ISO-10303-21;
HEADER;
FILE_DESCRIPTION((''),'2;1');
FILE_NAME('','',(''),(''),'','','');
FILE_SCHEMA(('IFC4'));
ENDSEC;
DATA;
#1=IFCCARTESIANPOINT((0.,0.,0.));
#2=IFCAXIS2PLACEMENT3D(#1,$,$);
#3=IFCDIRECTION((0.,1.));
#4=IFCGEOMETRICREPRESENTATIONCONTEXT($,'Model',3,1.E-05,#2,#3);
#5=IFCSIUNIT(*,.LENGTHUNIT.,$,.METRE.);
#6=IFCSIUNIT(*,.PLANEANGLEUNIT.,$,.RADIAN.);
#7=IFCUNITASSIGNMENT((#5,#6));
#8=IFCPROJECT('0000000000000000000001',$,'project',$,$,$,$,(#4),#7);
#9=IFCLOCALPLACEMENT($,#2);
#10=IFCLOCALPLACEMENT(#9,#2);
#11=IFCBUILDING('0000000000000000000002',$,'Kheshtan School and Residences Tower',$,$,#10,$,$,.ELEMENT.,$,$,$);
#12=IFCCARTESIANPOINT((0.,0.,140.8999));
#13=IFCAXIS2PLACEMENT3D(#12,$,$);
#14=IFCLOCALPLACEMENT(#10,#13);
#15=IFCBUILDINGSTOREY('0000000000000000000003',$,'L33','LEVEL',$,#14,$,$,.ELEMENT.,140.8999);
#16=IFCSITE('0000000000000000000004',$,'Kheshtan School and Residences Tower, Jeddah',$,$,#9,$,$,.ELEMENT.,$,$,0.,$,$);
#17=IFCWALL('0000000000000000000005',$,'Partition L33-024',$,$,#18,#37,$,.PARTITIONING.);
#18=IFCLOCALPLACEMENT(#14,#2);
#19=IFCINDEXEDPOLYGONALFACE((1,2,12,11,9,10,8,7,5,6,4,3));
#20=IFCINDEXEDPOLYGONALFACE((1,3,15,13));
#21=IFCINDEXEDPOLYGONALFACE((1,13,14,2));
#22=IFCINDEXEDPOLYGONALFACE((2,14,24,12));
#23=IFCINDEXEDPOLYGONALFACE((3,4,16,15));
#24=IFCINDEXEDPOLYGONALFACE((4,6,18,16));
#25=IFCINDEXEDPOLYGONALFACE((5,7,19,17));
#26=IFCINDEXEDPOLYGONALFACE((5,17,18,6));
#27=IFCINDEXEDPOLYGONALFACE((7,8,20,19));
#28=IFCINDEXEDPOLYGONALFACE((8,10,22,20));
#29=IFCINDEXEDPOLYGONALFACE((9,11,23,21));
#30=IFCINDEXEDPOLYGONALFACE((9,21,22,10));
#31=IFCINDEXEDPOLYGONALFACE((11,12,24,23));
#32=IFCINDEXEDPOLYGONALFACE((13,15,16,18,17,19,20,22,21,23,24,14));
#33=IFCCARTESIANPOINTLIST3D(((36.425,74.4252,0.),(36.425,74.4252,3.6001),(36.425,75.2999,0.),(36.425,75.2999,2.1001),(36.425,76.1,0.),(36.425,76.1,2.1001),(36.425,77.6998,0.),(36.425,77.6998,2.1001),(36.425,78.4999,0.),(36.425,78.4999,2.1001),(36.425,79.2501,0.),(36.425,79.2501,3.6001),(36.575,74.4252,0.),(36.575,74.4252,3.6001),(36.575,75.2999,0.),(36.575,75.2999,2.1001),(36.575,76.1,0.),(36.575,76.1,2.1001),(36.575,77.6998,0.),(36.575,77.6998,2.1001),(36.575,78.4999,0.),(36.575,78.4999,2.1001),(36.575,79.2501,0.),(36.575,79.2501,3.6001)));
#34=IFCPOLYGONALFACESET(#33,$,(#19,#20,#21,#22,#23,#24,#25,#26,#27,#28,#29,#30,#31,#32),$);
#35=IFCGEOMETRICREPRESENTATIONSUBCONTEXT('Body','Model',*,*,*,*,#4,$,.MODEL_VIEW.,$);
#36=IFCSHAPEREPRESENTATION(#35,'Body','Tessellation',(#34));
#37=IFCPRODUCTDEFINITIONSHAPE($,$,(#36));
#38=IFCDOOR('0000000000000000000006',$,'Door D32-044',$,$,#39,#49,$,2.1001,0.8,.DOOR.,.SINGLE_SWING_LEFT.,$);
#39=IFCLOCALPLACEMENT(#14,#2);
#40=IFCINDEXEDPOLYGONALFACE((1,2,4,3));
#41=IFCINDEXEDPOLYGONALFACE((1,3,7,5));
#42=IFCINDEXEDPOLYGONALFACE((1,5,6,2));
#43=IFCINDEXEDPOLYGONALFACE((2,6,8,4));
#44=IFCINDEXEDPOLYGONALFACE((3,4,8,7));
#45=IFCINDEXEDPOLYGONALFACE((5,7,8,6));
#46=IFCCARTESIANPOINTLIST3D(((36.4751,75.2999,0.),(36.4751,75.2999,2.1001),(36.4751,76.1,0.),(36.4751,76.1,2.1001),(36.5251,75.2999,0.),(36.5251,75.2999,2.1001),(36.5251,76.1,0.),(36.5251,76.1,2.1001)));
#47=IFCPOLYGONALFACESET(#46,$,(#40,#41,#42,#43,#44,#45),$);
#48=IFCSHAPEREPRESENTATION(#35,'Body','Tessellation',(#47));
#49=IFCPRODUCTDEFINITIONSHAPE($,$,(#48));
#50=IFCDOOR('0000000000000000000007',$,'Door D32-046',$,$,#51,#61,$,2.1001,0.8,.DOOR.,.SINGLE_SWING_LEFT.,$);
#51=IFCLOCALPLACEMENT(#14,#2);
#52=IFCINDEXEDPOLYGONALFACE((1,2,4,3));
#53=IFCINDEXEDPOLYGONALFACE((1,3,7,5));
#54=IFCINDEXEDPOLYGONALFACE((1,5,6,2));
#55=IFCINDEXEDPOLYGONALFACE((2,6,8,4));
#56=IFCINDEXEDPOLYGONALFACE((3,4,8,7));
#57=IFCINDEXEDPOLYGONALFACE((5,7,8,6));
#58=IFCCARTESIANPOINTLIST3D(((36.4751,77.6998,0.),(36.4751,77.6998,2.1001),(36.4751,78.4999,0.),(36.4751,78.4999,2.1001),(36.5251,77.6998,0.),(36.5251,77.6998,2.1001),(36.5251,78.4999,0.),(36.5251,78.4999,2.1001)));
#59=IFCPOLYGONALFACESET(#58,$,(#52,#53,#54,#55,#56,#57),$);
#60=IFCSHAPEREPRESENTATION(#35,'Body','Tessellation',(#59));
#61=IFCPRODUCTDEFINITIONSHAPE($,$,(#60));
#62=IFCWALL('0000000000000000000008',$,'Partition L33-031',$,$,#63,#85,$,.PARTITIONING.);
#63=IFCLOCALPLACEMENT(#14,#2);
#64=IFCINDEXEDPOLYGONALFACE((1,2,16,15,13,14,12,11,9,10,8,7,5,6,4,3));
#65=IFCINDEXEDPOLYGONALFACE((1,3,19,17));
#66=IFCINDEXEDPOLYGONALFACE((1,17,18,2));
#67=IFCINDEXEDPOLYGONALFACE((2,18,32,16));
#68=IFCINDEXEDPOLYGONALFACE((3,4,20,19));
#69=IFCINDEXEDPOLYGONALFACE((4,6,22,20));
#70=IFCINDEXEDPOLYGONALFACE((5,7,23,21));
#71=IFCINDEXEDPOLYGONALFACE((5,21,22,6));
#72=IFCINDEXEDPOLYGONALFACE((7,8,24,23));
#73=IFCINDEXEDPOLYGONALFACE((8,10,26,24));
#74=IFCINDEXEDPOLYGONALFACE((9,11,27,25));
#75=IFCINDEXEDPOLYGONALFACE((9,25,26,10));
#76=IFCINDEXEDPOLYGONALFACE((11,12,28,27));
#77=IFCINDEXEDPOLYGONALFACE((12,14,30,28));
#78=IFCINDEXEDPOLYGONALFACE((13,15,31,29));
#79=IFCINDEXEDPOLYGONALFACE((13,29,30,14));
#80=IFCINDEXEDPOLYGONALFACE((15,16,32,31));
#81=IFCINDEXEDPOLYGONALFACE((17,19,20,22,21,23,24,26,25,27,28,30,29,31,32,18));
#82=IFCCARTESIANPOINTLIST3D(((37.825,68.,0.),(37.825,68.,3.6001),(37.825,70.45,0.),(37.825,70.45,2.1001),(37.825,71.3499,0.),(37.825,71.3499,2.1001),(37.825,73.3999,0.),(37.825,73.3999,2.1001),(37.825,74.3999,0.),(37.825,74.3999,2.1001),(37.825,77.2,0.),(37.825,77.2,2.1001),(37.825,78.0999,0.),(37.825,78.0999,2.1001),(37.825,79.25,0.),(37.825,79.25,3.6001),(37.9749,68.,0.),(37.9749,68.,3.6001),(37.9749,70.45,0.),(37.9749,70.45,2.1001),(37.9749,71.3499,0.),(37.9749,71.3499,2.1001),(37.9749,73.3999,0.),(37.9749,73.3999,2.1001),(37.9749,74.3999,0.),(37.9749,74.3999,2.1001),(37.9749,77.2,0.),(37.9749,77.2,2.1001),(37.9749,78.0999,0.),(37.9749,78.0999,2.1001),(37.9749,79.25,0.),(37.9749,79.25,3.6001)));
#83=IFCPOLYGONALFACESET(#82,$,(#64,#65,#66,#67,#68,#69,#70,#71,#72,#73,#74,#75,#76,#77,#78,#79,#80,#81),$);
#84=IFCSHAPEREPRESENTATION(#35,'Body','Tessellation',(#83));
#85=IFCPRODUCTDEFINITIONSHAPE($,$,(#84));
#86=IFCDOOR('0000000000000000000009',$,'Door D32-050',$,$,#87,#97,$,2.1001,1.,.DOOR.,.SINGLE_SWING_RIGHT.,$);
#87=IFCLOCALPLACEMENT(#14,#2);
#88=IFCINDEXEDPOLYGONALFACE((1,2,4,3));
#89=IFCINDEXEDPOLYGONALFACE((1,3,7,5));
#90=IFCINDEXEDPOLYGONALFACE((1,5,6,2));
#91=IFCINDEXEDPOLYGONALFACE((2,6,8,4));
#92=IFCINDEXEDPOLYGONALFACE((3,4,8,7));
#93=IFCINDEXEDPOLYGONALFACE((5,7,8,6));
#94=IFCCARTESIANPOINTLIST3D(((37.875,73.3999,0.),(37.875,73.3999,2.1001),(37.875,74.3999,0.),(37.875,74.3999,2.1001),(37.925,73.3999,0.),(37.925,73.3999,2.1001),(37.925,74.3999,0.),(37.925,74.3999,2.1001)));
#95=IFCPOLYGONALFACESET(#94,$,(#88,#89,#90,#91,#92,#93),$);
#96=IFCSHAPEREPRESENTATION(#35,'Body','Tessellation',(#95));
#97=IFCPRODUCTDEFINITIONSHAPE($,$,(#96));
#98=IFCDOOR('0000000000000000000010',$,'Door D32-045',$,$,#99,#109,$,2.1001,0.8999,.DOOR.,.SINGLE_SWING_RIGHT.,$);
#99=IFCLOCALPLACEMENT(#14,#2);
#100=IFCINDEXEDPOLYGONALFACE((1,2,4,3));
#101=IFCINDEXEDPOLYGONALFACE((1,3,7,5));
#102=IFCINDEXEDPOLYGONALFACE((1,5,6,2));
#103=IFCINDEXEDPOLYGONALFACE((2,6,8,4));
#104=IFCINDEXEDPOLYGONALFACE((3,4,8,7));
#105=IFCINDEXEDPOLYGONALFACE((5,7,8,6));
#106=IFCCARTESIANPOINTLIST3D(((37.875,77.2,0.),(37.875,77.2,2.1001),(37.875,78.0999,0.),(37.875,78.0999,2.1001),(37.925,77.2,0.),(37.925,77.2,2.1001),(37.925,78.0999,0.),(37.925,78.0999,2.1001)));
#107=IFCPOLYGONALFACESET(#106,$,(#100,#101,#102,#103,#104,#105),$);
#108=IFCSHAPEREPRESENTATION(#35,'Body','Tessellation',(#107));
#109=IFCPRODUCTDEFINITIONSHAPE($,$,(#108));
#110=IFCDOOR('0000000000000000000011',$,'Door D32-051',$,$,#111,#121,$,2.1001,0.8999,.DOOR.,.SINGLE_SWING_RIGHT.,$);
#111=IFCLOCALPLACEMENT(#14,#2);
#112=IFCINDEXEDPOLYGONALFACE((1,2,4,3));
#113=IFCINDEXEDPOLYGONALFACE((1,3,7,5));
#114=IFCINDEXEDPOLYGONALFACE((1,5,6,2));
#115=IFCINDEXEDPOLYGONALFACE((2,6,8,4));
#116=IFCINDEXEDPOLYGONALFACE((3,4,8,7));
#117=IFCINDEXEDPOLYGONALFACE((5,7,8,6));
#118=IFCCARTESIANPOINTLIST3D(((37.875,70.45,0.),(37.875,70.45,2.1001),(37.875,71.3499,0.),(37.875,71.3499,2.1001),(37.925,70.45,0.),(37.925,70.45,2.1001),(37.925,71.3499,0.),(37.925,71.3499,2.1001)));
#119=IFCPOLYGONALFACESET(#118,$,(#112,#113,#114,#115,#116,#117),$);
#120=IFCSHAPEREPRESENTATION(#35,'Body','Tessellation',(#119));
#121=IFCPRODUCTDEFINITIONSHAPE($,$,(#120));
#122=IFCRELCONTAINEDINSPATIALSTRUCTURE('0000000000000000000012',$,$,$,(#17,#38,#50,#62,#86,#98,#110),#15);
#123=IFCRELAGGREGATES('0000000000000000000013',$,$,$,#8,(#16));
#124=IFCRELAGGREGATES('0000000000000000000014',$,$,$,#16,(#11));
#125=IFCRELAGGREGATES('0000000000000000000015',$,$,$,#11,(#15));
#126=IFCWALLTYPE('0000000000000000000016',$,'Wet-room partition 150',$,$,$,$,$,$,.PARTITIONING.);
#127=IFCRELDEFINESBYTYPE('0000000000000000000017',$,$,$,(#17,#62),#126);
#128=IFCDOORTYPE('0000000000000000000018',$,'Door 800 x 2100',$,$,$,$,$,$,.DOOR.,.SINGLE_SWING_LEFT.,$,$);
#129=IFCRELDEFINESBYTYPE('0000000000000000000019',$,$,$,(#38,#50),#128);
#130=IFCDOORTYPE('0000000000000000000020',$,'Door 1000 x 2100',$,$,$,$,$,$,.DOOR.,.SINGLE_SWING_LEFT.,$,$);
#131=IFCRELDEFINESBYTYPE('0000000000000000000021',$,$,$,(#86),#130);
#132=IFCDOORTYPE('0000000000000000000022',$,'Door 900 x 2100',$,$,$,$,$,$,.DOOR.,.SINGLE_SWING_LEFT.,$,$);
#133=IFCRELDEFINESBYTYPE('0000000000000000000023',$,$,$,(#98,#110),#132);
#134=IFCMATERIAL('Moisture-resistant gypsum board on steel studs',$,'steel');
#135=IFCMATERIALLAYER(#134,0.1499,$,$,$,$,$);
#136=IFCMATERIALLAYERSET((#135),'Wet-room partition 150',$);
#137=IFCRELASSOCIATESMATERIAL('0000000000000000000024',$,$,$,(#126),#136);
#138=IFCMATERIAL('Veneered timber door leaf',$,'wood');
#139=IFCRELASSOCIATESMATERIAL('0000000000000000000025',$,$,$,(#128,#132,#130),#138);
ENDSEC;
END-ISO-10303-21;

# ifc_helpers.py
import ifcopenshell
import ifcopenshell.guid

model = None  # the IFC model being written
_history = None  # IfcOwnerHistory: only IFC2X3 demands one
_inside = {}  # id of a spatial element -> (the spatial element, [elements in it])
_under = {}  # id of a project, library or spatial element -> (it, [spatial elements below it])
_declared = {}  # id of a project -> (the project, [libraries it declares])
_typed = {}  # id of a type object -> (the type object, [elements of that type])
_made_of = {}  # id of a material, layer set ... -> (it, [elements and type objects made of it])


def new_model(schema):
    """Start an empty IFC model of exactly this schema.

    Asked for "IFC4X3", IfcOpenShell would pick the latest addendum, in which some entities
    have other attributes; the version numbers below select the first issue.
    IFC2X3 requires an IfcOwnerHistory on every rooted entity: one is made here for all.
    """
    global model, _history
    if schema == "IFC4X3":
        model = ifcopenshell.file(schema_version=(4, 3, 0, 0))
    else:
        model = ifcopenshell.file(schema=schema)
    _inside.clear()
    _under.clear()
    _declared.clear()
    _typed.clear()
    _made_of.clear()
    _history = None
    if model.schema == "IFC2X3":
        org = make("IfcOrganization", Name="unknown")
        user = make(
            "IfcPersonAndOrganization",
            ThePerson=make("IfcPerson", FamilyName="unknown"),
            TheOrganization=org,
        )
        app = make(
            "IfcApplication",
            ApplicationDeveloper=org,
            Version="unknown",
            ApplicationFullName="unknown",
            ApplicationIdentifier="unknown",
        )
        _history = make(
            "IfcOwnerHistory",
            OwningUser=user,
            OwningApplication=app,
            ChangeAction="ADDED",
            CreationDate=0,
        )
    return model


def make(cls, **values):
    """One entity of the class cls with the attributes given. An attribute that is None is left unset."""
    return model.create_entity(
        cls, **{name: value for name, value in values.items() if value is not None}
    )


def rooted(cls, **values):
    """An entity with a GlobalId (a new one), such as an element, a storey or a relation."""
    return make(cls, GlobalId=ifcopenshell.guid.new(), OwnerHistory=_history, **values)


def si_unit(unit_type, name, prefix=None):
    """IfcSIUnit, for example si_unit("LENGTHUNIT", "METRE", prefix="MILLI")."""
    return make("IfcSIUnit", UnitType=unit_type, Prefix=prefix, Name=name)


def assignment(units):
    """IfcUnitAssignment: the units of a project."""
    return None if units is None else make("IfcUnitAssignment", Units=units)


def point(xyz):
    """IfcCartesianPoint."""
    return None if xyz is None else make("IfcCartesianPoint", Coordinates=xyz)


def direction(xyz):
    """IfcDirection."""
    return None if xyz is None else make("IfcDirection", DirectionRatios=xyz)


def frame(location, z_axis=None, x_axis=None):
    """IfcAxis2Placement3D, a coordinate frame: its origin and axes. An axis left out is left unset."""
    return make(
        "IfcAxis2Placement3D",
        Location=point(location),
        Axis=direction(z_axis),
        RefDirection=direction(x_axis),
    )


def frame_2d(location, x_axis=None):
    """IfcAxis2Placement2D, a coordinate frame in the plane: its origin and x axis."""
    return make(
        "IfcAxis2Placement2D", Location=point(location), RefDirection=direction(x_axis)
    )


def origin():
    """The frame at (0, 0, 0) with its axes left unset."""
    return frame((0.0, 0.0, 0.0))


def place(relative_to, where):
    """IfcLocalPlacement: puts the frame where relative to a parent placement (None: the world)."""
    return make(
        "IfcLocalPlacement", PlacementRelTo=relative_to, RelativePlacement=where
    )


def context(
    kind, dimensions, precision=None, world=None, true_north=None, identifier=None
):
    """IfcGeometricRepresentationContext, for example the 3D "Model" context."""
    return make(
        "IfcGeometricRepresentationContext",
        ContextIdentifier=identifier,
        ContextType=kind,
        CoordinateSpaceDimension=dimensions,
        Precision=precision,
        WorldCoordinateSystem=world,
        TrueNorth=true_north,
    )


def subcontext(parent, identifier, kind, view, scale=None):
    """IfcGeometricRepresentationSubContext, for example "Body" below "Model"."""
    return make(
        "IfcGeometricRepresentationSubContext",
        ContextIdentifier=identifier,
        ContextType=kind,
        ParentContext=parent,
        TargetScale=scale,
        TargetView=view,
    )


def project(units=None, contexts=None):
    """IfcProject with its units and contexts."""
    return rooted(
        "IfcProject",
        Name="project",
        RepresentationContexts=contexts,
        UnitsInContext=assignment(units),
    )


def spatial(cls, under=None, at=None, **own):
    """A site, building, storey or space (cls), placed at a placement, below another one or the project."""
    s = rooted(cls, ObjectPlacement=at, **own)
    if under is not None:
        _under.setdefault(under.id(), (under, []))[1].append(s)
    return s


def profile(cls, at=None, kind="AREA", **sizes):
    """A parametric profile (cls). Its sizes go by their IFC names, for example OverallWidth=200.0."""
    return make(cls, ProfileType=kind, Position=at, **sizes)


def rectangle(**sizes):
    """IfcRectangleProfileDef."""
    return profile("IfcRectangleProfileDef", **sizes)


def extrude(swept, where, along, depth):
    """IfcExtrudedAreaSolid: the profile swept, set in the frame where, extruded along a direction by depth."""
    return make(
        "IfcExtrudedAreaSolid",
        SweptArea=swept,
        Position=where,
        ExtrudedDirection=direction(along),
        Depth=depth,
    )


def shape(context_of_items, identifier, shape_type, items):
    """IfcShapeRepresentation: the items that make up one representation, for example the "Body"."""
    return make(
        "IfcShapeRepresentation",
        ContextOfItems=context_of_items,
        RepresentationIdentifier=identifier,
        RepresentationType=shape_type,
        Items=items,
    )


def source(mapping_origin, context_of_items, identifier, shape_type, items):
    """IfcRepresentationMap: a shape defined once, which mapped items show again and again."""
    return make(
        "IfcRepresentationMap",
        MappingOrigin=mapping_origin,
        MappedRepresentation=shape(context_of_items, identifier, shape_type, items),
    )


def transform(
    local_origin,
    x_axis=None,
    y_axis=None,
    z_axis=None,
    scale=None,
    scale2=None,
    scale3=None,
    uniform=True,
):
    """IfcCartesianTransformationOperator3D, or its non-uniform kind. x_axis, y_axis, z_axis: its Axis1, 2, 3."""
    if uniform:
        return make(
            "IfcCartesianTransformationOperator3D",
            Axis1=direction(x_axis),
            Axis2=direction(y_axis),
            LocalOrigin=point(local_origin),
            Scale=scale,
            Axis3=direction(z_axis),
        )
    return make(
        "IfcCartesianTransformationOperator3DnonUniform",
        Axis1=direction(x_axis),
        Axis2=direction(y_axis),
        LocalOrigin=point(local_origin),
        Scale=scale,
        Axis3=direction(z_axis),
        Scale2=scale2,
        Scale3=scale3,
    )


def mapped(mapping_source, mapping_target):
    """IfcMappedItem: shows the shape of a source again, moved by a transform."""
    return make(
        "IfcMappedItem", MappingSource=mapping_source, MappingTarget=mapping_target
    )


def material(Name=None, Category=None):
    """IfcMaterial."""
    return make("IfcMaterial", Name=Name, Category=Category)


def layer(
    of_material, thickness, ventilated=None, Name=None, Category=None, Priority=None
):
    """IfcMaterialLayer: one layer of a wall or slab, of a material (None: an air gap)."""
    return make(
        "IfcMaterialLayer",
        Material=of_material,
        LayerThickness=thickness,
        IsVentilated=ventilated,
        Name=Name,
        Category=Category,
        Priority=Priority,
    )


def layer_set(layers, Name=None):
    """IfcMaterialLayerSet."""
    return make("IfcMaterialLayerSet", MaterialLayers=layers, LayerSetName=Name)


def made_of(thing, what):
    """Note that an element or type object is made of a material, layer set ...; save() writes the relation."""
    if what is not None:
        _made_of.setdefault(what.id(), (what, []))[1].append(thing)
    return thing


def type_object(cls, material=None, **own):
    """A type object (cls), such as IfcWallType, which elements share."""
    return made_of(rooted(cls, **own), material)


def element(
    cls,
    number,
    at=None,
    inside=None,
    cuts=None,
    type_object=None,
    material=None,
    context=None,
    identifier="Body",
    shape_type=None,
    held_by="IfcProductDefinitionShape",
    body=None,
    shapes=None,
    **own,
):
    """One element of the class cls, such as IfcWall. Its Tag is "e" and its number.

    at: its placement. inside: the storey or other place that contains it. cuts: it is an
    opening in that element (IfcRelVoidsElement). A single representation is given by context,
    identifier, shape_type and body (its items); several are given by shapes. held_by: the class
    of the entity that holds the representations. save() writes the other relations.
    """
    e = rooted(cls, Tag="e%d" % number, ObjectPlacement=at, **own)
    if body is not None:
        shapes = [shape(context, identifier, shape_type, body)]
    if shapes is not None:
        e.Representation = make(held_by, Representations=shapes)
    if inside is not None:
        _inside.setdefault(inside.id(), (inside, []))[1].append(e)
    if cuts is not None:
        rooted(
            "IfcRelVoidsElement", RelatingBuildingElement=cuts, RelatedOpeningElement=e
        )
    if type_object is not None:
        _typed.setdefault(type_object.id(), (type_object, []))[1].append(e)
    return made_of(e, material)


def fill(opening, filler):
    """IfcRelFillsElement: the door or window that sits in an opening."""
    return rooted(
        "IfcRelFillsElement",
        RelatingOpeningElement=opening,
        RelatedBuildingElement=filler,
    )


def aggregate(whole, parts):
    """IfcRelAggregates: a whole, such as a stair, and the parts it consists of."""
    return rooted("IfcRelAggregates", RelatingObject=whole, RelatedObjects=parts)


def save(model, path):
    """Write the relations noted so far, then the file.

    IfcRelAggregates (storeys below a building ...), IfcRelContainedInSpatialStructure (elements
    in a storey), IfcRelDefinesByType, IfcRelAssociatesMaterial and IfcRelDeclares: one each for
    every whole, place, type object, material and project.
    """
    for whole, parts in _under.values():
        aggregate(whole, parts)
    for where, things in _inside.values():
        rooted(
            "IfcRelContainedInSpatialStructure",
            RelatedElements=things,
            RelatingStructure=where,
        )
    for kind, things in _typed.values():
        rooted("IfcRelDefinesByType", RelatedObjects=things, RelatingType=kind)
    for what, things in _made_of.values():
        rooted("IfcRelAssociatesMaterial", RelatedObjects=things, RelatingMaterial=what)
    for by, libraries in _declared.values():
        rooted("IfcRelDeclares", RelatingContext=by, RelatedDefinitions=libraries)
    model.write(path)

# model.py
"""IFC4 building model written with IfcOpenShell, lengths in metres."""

from ifc_helpers import new_model, si_unit, direction, frame, frame_2d, origin, place, context, subcontext, project, spatial, rectangle, extrude, source, transform, mapped, material, layer, layer_set, type_object, element, fill, save


model = new_model("IFC4")

# Units and contexts
model_context = context("Model", 3, precision=1e-05, world=origin(), true_north=direction((0.0, 1.0)))
body_context = subcontext(model_context, "Body", "Model", "MODEL_VIEW")
ifc_project = project(units=[si_unit("LENGTHUNIT", "METRE"), si_unit("PLANEANGLEUNIT", "RADIAN")], contexts=[model_context])

# Site, building, storey
site_placement = place(None, origin())
site = spatial("IfcSite", under=ifc_project, at=site_placement, Name="Kheshtan School and Residences Tower, Jeddah", CompositionType="ELEMENT", RefElevation=0.0)
building_placement = place(site_placement, origin())
building = spatial("IfcBuilding", under=site, at=building_placement, Name="Kheshtan School and Residences Tower", CompositionType="ELEMENT")
storey_placement = place(building_placement, frame((0.0, 0.0, 140.8999)))
storey = spatial("IfcBuildingStorey", under=building, at=storey_placement, Name="L33", Description="LEVEL", CompositionType="ELEMENT", Elevation=140.8999)

# Shared definitions
ifc_material_1 = material(Name="Moisture-resistant gypsum board on steel studs", Category="steel")
ifc_layer_1 = layer(ifc_material_1, 0.1499)
ifc_layer_set_1 = layer_set([ifc_layer_1], Name="Wet-room partition 150")
wall_type_1 = type_object("IfcWallType", Name="Wet-room partition 150", PredefinedType="PARTITIONING", material=ifc_layer_set_1)

# Walls, openings, doors
ifc_material_2 = material(Name="Veneered timber door leaf", Category="wood")
door_type_1 = type_object("IfcDoorType", Name="Door 800 x 2100", OperationType="SINGLE_SWING_LEFT", PredefinedType="DOOR", material=ifc_material_2)
shared_shape_1 = source(origin(), body_context, "Body", "SweptSolid", [
    extrude(rectangle(XDim=0.8, YDim=2.1001, at=frame_2d((0.3999, 1.05))), frame((0.0, 0.0249, 0.0), z_axis=(0.0, -1.0, 0.0), x_axis=(1.0, 0.0, 0.0)), (0.0, 0.0, 1.0), 0.05),
])
door_type_2 = type_object("IfcDoorType", Name="Door 900 x 2100", OperationType="SINGLE_SWING_LEFT", PredefinedType="DOOR", material=ifc_material_2)
shared_shape_2 = source(origin(), body_context, "Body", "SweptSolid", [
    extrude(rectangle(XDim=0.8999, YDim=2.1001, at=frame_2d((0.45, 1.05))), frame((0.0, 0.0249, 0.0), z_axis=(0.0, -1.0, 0.0), x_axis=(1.0, 0.0, 0.0)), (0.0, 0.0, 1.0), 0.05),
])
wall_1_placement = place(storey_placement, frame((36.5, 74.425, 0.0), z_axis=(0.0, 0.0, 1.0), x_axis=(0.0, 1.0, 0.0)))
wall_1 = element("IfcWall", 1, at=wall_1_placement, inside=storey, type_object=wall_type_1, Name="Partition L33-024", PredefinedType="PARTITIONING", context=body_context, shape_type="SweptSolid", body=[
    extrude(rectangle(XDim=4.825, YDim=0.1499, at=frame_2d((2.4126, 0.0))), origin(), (0.0, 0.0, 1.0), 3.6001),
])
opening_1_placement = place(wall_1_placement, frame((0.875, 0.0, 0.0)))
opening_1 = element("IfcOpeningElement", 2, at=opening_1_placement, cuts=wall_1, PredefinedType="OPENING", context=body_context, shape_type="SweptSolid", body=[
    extrude(rectangle(XDim=0.8, YDim=2.1001, at=frame_2d((0.3999, 1.05))), frame((0.0, 0.085, 0.0), z_axis=(0.0, -1.0, 0.0), x_axis=(1.0, 0.0, 0.0)), (0.0, 0.0, 1.0), 0.1699),
])
opening_2_placement = place(wall_1_placement, frame((3.2749, 0.0, 0.0)))
opening_2 = element("IfcOpeningElement", 3, at=opening_2_placement, cuts=wall_1, PredefinedType="OPENING", context=body_context, shape_type="SweptSolid", body=[
    extrude(rectangle(XDim=0.8, YDim=2.1001, at=frame_2d((0.3999, 1.05))), frame((0.0, 0.085, 0.0), z_axis=(0.0, -1.0, 0.0), x_axis=(1.0, 0.0, 0.0)), (0.0, 0.0, 1.0), 0.1699),
])
door_1_placement = place(opening_1_placement, origin())
door_1 = element("IfcDoor", 4, at=door_1_placement, inside=storey, type_object=door_type_1, Name="Door D32-044", OperationType="SINGLE_SWING_LEFT", OverallHeight=2.1001, OverallWidth=0.8, PredefinedType="DOOR", context=body_context, shape_type="MappedRepresentation", body=[
    mapped(shared_shape_1, transform((0.0, 0.0, 0.0), x_axis=(1.0, 0.0, 0.0), y_axis=(0.0, 1.0, 0.0), z_axis=(0.0, 0.0, 1.0), scale=1.0)),
])
fill(opening_1, door_1)
door_2_placement = place(opening_2_placement, origin())
door_2 = element("IfcDoor", 5, at=door_2_placement, inside=storey, type_object=door_type_1, Name="Door D32-046", OperationType="SINGLE_SWING_LEFT", OverallHeight=2.1001, OverallWidth=0.8, PredefinedType="DOOR", context=body_context, shape_type="MappedRepresentation", body=[
    mapped(shared_shape_1, transform((0.0, 0.0, 0.0), x_axis=(1.0, 0.0, 0.0), y_axis=(0.0, 1.0, 0.0), z_axis=(0.0, 0.0, 1.0), scale=1.0)),
])
fill(opening_2, door_2)
wall_2_placement = place(storey_placement, frame((37.8999, 68.0, 0.0), z_axis=(0.0, 0.0, 1.0), x_axis=(0.0, 1.0, 0.0)))
wall_2 = element("IfcWall", 6, at=wall_2_placement, inside=storey, type_object=wall_type_1, Name="Partition L33-031", PredefinedType="PARTITIONING", context=body_context, shape_type="SweptSolid", body=[
    extrude(rectangle(XDim=11.25, YDim=0.1499, at=frame_2d((5.625, 0.0))), origin(), (0.0, 0.0, 1.0), 3.6001),
])
opening_3_placement = place(wall_2_placement, frame((9.2, 0.0, 0.0)))
opening_3 = element("IfcOpeningElement", 7, at=opening_3_placement, cuts=wall_2, PredefinedType="OPENING", context=body_context, shape_type="SweptSolid", body=[
    extrude(rectangle(XDim=0.8999, YDim=2.1001, at=frame_2d((0.45, 1.05))), frame((0.0, 0.085, 0.0), z_axis=(0.0, -1.0, 0.0), x_axis=(1.0, 0.0, 0.0)), (0.0, 0.0, 1.0), 0.1699),
])
opening_4_placement = place(wall_2_placement, frame((5.3999, 0.0, 0.0)))
opening_4 = element("IfcOpeningElement", 8, at=opening_4_placement, cuts=wall_2, PredefinedType="OPENING", context=body_context, shape_type="SweptSolid", body=[
    extrude(rectangle(XDim=1.0, YDim=2.1001, at=frame_2d((0.5, 1.05))), frame((0.0, 0.085, 0.0), z_axis=(0.0, -1.0, 0.0), x_axis=(1.0, 0.0, 0.0)), (0.0, 0.0, 1.0), 0.1699),
])
opening_5_placement = place(wall_2_placement, frame((2.45, 0.0, 0.0)))
opening_5 = element("IfcOpeningElement", 9, at=opening_5_placement, cuts=wall_2, PredefinedType="OPENING", context=body_context, shape_type="SweptSolid", body=[
    extrude(rectangle(XDim=0.8999, YDim=2.1001, at=frame_2d((0.45, 1.05))), frame((0.0, 0.085, 0.0), z_axis=(0.0, -1.0, 0.0), x_axis=(1.0, 0.0, 0.0)), (0.0, 0.0, 1.0), 0.1699),
])
door_type_3 = type_object("IfcDoorType", Name="Door 1000 x 2100", OperationType="SINGLE_SWING_LEFT", PredefinedType="DOOR", material=ifc_material_2)
shared_shape_3 = source(origin(), body_context, "Body", "SweptSolid", [
    extrude(rectangle(XDim=1.0, YDim=2.1001, at=frame_2d((0.5, 1.05))), frame((0.0, 0.0249, 0.0), z_axis=(0.0, -1.0, 0.0), x_axis=(1.0, 0.0, 0.0)), (0.0, 0.0, 1.0), 0.05),
])
door_3_placement = place(opening_4_placement, origin())
door_3 = element("IfcDoor", 10, at=door_3_placement, inside=storey, type_object=door_type_3, Name="Door D32-050", OperationType="SINGLE_SWING_RIGHT", OverallHeight=2.1001, OverallWidth=1.0, PredefinedType="DOOR", context=body_context, shape_type="MappedRepresentation", body=[
    mapped(shared_shape_3, transform((0.0, 0.0, 0.0), x_axis=(1.0, 0.0, 0.0), y_axis=(0.0, 1.0, 0.0), z_axis=(0.0, 0.0, 1.0), scale=1.0)),
])
fill(opening_4, door_3)
door_4_placement = place(opening_3_placement, origin())
door_4 = element("IfcDoor", 11, at=door_4_placement, inside=storey, type_object=door_type_2, Name="Door D32-045", OperationType="SINGLE_SWING_RIGHT", OverallHeight=2.1001, OverallWidth=0.8999, PredefinedType="DOOR", context=body_context, shape_type="MappedRepresentation", body=[
    mapped(shared_shape_2, transform((0.0, 0.0, 0.0), x_axis=(1.0, 0.0, 0.0), y_axis=(0.0, 1.0, 0.0), z_axis=(0.0, 0.0, 1.0), scale=1.0)),
])
fill(opening_3, door_4)
door_5_placement = place(opening_5_placement, origin())
door_5 = element("IfcDoor", 12, at=door_5_placement, inside=storey, type_object=door_type_2, Name="Door D32-051", OperationType="SINGLE_SWING_RIGHT", OverallHeight=2.1001, OverallWidth=0.8999, PredefinedType="DOOR", context=body_context, shape_type="MappedRepresentation", body=[
    mapped(shared_shape_2, transform((0.0, 0.0, 0.0), x_axis=(1.0, 0.0, 0.0), y_axis=(0.0, 1.0, 0.0), z_axis=(0.0, 0.0, 1.0), scale=1.0)),
])
fill(opening_5, door_5)

save(model, "model.ifc")
